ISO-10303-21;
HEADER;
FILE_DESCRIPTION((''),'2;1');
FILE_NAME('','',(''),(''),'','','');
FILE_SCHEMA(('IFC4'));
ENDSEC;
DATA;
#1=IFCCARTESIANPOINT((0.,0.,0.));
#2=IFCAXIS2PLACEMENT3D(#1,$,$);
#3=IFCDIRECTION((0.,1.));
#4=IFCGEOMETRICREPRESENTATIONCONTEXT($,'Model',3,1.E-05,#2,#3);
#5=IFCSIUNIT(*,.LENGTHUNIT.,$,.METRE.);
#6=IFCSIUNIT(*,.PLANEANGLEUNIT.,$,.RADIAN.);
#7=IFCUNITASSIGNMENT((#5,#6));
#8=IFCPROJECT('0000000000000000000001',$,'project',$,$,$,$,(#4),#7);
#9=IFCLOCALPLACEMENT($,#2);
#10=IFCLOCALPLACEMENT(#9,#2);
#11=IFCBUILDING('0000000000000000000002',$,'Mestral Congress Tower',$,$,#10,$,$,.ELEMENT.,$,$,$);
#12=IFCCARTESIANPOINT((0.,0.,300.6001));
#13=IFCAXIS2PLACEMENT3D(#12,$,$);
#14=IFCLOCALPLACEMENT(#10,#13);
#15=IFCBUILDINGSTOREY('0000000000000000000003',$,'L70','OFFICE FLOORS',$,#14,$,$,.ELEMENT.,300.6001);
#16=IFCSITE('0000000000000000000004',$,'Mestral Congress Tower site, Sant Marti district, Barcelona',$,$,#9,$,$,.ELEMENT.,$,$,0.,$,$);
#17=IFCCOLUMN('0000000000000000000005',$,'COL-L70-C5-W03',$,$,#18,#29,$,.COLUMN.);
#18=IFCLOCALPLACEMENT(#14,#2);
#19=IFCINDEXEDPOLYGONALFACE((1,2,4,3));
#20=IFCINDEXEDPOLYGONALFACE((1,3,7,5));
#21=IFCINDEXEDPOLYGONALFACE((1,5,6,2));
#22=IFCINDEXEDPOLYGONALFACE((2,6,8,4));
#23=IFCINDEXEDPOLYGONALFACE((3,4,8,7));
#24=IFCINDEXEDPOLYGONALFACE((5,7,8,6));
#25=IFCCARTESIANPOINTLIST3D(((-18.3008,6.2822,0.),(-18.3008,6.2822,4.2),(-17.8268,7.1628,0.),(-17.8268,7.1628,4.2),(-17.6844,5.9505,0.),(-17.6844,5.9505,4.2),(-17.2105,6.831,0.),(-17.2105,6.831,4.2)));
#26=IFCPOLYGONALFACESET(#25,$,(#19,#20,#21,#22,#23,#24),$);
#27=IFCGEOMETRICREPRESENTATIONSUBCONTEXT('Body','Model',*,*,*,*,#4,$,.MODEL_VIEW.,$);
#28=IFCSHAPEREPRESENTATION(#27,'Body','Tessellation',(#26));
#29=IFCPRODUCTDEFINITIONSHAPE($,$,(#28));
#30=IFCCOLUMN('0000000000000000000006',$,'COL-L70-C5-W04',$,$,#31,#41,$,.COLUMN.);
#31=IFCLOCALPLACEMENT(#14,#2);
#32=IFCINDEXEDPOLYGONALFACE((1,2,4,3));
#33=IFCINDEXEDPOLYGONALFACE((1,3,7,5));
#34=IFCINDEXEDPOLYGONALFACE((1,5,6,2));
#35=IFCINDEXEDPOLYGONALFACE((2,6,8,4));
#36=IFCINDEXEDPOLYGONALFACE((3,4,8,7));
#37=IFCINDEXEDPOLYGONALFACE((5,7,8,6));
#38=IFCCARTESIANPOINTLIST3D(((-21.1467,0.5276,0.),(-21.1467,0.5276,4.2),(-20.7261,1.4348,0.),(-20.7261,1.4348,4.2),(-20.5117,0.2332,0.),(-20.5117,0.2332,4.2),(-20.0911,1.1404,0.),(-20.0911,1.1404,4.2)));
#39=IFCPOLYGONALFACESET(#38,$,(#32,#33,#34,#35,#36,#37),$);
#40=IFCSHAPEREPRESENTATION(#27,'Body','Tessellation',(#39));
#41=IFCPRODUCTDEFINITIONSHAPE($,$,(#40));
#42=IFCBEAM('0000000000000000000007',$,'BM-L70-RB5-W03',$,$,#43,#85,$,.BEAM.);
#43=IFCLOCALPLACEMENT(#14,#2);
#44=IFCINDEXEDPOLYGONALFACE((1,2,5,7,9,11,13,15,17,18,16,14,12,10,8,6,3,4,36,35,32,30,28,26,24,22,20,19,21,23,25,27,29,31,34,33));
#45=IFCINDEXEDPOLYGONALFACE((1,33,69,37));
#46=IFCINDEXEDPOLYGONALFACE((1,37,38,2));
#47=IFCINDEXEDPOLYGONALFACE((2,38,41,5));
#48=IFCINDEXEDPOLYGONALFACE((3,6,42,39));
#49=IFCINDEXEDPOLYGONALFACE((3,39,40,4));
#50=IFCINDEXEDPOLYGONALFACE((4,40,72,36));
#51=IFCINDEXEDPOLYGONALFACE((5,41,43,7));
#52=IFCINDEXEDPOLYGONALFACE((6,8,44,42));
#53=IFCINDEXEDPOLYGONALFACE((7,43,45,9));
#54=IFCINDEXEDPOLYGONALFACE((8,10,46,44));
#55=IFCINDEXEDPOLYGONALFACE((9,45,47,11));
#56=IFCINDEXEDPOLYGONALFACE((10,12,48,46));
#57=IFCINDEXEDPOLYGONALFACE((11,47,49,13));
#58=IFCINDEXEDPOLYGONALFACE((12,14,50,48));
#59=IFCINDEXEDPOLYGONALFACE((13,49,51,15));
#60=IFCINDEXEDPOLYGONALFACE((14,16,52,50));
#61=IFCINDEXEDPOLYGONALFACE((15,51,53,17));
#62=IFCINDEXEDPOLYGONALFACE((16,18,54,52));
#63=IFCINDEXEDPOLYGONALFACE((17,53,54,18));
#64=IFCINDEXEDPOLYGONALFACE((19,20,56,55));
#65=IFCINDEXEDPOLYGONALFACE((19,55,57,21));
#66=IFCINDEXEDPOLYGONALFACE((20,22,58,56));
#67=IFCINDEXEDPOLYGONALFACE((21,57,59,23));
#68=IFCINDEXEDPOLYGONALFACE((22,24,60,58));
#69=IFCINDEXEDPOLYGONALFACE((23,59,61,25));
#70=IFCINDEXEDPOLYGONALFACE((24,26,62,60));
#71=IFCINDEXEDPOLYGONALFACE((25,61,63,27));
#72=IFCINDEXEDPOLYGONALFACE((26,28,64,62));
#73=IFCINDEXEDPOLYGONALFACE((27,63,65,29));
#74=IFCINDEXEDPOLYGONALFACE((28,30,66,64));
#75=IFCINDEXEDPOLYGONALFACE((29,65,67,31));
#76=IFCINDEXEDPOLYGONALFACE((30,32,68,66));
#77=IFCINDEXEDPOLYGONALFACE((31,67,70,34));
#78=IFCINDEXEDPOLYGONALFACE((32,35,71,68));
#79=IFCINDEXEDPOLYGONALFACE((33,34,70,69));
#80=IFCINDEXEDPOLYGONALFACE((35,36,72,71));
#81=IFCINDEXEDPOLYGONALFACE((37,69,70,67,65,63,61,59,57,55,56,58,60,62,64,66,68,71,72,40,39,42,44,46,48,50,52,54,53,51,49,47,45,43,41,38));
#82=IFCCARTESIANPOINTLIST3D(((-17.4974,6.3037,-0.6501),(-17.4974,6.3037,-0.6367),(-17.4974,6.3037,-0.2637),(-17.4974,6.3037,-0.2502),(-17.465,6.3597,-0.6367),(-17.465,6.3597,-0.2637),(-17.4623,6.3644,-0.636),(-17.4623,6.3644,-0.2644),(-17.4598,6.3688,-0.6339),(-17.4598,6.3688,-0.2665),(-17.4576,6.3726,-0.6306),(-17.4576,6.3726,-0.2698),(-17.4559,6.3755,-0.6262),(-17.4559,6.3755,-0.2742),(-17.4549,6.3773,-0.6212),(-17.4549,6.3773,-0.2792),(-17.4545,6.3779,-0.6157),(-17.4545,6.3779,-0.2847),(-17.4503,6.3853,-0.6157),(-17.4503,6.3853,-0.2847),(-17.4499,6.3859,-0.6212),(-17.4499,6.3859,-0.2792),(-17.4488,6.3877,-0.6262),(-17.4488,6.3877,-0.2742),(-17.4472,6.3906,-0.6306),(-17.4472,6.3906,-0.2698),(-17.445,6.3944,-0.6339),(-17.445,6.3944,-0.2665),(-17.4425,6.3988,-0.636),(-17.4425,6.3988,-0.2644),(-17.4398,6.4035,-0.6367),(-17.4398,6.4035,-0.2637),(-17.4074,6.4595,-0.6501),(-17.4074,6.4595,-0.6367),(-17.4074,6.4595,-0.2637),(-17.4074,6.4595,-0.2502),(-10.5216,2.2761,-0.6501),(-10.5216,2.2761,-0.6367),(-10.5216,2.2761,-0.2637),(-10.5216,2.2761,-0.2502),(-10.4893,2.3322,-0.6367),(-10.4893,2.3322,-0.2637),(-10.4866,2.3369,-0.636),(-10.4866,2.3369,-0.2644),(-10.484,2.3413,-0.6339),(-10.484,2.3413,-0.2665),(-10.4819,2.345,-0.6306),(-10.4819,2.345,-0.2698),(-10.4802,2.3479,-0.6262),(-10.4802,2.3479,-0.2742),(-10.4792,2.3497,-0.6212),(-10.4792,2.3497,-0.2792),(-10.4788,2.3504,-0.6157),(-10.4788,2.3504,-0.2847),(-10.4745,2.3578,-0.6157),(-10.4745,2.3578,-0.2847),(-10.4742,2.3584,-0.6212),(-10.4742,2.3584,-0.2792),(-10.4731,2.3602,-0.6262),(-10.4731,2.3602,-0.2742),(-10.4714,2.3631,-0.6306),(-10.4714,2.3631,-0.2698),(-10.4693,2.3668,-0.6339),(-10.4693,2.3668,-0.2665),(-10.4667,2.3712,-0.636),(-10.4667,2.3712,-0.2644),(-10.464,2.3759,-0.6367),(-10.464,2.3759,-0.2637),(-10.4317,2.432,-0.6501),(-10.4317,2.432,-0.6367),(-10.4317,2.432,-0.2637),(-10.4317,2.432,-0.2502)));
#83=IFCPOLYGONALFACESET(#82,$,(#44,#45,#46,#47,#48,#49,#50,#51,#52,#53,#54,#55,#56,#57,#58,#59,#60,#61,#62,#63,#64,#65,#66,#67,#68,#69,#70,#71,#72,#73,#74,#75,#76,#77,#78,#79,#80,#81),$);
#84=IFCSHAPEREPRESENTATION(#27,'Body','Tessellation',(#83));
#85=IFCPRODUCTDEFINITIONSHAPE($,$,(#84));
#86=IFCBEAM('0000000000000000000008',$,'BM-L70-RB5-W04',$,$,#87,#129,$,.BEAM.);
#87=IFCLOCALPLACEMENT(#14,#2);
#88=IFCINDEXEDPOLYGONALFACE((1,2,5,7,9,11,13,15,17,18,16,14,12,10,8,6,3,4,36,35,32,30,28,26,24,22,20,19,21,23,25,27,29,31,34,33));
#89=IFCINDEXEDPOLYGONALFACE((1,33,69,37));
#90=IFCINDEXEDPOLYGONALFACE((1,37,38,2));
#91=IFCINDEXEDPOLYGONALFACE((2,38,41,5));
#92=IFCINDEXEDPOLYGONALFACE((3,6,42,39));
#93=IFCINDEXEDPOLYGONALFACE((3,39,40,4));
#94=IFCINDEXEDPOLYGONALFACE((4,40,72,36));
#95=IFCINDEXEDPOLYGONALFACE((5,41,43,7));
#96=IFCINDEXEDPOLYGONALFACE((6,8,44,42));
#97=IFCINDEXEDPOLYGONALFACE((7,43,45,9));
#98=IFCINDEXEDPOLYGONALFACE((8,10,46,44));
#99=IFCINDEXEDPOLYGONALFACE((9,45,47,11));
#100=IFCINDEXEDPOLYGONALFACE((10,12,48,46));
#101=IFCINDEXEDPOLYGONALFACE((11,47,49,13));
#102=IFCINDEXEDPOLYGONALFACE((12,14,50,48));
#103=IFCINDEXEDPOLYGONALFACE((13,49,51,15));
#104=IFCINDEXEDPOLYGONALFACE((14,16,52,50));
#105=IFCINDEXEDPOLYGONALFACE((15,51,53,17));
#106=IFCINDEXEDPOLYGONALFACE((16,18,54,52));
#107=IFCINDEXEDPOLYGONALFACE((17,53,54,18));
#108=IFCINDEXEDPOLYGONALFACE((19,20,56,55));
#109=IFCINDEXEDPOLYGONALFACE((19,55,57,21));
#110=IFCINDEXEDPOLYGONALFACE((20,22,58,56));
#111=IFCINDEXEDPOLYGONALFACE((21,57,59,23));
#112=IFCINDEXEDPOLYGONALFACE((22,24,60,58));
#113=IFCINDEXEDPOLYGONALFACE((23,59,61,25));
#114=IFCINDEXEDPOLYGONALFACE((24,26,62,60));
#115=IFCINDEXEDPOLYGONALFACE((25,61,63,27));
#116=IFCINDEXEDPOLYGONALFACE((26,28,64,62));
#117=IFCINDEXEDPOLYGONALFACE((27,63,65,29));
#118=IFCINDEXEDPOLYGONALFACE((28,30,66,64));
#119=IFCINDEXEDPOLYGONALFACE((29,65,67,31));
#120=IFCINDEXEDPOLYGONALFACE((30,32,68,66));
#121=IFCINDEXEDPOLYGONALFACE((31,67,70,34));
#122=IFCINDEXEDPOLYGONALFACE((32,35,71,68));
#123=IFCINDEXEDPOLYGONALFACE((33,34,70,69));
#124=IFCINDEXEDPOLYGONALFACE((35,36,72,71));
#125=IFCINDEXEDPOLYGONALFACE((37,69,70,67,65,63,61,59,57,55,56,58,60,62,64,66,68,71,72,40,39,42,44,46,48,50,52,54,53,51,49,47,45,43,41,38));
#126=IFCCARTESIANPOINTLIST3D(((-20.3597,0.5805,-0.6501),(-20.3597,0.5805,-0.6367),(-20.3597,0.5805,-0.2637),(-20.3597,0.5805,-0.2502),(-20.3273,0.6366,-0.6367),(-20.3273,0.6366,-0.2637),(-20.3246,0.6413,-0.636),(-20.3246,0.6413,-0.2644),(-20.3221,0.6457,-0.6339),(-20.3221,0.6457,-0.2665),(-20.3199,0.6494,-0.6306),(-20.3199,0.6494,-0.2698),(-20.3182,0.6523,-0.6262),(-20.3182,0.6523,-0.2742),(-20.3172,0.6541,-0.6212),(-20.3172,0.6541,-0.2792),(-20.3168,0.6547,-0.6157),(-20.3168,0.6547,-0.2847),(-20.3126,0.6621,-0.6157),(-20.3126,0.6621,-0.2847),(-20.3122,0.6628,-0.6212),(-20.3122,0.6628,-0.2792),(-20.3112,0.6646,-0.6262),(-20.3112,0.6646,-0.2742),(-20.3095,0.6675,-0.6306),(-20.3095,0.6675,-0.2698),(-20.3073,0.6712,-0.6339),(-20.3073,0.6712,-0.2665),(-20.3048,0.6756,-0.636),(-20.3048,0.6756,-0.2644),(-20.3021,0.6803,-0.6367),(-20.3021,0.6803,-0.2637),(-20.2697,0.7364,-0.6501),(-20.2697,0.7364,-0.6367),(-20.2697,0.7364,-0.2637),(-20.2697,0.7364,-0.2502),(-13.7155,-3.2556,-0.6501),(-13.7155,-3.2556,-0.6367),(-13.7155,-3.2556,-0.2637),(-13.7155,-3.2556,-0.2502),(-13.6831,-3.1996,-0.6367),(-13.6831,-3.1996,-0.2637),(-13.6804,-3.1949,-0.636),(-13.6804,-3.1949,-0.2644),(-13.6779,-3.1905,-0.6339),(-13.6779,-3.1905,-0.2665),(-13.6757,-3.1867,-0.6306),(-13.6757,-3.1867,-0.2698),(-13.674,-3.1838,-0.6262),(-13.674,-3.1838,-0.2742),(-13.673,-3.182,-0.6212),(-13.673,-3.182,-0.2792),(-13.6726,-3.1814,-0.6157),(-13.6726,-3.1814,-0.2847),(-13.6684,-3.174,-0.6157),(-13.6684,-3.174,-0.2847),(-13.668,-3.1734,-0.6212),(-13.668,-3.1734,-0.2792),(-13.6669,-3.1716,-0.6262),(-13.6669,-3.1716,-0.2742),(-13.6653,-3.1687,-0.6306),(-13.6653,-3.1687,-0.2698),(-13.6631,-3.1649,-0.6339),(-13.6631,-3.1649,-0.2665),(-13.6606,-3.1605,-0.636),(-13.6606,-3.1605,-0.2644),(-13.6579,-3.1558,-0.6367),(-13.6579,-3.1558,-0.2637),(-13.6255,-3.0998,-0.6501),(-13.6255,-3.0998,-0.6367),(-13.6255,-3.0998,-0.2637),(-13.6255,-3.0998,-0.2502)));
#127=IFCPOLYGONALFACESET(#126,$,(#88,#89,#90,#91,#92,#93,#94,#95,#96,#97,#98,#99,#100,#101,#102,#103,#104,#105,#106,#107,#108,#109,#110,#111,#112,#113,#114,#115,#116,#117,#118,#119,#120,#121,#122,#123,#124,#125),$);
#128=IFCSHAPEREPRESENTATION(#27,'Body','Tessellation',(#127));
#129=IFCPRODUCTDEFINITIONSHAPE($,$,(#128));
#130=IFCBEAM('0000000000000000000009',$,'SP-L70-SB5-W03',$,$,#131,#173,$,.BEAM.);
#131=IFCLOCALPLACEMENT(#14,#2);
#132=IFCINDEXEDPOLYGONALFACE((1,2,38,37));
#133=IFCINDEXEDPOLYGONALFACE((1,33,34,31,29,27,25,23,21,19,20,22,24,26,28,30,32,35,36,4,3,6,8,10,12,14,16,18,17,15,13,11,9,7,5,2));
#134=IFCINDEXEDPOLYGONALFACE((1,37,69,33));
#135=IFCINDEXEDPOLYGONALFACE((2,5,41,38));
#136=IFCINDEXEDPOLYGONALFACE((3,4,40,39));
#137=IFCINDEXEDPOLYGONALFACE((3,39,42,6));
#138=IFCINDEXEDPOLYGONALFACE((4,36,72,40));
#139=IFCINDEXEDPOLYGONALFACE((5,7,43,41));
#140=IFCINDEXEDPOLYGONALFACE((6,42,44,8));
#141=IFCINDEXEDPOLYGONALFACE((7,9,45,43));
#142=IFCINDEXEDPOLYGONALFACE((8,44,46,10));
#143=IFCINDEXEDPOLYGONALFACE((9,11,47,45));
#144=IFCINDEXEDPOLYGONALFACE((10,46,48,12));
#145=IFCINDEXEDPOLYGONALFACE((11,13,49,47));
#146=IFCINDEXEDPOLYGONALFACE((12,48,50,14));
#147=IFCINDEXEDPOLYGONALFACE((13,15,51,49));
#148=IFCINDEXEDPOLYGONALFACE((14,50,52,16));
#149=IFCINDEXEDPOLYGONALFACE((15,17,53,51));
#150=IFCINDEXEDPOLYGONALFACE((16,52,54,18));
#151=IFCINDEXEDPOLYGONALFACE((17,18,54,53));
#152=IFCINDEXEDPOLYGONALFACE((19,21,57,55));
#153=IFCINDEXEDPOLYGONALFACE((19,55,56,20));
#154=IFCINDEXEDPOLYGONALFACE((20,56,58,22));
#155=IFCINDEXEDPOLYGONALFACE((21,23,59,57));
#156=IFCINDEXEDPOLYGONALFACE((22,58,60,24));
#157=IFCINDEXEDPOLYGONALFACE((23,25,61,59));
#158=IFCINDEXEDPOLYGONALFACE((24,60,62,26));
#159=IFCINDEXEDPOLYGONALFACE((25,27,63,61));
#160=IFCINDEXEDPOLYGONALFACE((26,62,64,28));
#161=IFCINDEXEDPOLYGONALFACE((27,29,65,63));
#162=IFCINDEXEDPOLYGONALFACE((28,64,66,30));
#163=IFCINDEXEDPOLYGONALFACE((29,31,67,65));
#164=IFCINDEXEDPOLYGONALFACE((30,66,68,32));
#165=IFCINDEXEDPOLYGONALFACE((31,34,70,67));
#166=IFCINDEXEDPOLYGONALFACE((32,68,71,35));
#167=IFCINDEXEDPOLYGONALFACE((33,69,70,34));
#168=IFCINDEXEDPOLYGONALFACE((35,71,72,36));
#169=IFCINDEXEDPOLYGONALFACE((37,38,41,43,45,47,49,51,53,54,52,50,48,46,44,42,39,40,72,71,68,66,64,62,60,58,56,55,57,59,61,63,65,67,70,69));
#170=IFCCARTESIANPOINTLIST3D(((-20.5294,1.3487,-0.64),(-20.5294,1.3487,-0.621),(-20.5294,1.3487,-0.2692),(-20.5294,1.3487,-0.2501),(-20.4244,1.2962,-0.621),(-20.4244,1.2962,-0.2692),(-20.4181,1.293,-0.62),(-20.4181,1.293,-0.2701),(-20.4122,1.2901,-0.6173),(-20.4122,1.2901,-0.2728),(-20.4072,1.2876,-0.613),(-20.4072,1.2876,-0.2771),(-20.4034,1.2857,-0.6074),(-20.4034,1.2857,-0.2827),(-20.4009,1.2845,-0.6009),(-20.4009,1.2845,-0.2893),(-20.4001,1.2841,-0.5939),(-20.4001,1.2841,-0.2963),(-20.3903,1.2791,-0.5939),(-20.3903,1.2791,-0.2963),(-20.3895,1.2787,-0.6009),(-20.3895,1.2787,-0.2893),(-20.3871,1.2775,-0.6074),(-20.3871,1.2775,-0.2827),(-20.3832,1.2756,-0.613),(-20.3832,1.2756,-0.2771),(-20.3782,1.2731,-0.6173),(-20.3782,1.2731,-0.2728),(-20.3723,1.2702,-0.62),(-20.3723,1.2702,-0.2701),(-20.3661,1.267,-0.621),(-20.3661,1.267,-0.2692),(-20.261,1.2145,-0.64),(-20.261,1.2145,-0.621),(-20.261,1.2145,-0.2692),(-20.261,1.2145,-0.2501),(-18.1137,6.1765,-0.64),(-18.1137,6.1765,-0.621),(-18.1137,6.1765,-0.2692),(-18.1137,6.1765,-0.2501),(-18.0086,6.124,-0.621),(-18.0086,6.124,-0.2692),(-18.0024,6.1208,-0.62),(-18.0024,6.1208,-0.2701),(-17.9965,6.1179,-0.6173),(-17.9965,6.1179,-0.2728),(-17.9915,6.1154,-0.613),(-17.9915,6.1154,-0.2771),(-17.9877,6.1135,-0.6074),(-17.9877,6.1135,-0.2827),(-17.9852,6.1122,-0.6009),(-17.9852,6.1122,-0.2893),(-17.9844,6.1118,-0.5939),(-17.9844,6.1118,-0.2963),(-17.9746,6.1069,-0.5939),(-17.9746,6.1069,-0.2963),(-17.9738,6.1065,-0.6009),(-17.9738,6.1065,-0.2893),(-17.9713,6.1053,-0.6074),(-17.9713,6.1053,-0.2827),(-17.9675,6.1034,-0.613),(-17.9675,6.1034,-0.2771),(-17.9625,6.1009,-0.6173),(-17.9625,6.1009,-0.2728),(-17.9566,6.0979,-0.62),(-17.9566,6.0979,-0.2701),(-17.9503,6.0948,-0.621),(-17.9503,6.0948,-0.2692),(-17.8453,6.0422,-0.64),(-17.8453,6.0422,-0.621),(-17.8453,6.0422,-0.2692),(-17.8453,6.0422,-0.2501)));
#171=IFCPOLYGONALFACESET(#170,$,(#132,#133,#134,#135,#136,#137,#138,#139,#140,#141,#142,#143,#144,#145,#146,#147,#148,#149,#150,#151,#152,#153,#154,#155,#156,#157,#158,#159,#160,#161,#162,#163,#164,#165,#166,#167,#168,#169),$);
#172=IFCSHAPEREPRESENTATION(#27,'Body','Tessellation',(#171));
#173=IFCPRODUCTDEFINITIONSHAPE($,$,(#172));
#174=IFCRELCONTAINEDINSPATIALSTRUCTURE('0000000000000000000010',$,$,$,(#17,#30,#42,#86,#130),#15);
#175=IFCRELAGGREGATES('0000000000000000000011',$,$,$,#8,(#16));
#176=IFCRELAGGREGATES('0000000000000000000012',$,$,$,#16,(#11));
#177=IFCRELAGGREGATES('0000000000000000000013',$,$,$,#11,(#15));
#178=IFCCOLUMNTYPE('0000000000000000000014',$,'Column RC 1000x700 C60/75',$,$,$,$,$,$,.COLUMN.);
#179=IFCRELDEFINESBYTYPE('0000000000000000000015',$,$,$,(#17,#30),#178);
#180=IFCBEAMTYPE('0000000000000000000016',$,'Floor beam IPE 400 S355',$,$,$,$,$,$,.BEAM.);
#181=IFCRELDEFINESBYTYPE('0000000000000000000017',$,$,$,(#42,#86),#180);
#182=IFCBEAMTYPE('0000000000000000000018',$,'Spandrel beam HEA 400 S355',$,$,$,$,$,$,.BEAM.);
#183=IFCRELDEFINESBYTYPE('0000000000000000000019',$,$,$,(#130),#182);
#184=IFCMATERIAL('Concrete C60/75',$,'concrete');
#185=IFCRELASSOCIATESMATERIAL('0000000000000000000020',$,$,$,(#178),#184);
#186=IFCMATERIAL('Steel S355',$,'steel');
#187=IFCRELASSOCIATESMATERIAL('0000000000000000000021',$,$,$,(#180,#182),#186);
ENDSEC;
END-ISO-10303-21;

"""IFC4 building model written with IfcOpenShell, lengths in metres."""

from ifc_helpers import new_model, si_unit, direction, frame, origin, origin_2d, place, context, subcontext, project, spatial, rectangle, i_section, extrude, material, material_profile, profile_set, type_object, element, save


model = new_model("IFC4")

# Units and contexts
model_context = context("Model", 3, precision=1e-05, world=origin(), true_north=direction((0.0, 1.0)))
body_context = subcontext(model_context, "Body", "Model", "MODEL_VIEW")
ifc_project = project(units=[si_unit("LENGTHUNIT", "METRE"), si_unit("PLANEANGLEUNIT", "RADIAN")], contexts=[model_context])

# Site, building, storey
site_placement = place(None, origin())
site = spatial("IfcSite", under=ifc_project, at=site_placement, Name="Mestral Congress Tower site, Sant Marti district, Barcelona", CompositionType="ELEMENT", RefElevation=0.0)
building_placement = place(site_placement, origin())
building = spatial("IfcBuilding", under=site, at=building_placement, Name="Mestral Congress Tower", CompositionType="ELEMENT")
storey_placement = place(building_placement, frame((0.0, 0.0, 300.6001)))
storey = spatial("IfcBuildingStorey", under=building, at=storey_placement, Name="L70", Description="OFFICE FLOORS", CompositionType="ELEMENT", Elevation=300.6001)

# Columns
ifc_material_1 = material(Name="Concrete C60/75", Category="concrete")
ifc_material_profile_1 = material_profile(ifc_material_1, rectangle(XDim=1.0, YDim=0.7, at=origin_2d()), Name="RC 1000x700")
ifc_profile_set_1 = profile_set([ifc_material_profile_1], Name="Concrete C60/75")
column_type = type_object("IfcColumnType", Name="Column RC 1000x700 C60/75", PredefinedType="COLUMN", material=ifc_profile_set_1)
for number, where, z_axis, x_axis, name in (
    (1, (-17.7556, 6.5566, 0.0), (0.0, 0.0, 1.0), (-0.473945, -0.880554, 0.0), "COL-L70-C5-W03"),
    (2, (-20.6189, 0.834, 0.0), (0.0, 0.0, 1.0), (-0.420596, -0.907248, 0.0), "COL-L70-C5-W04"),
):
    element("IfcColumn", number, at=place(storey_placement, frame(where, z_axis=z_axis, x_axis=x_axis)), inside=storey, type_object=column_type, Name=name, PredefinedType="COLUMN", context=body_context, shape_type="SweptSolid", body=[
        extrude(rectangle(XDim=1.0, YDim=0.7, at=origin_2d()), origin(), (0.0, 0.0, 1.0), 4.2),
    ])

# Beams
ifc_material_2 = material(Name="Steel S355", Category="steel")
ifc_material_profile_2 = material_profile(ifc_material_2, i_section(OverallWidth=0.1799, OverallDepth=0.3999, WebThickness=0.0085, FlangeThickness=0.0134, FilletRadius=0.021, at=origin_2d()), Name="IPE 400")
ifc_profile_set_2 = profile_set([ifc_material_profile_2], Name="Steel S355")
beam_type_1 = type_object("IfcBeamType", Name="Floor beam IPE 400 S355", PredefinedType="BEAM", material=ifc_profile_set_2)
beam_1_placement = place(storey_placement, frame((-17.4524, 6.3816, -0.4502), z_axis=(0.866021, -0.500008, 0.0), x_axis=(0.500008, 0.866021, 0.0)))
element("IfcBeam", 3, at=beam_1_placement, inside=storey, type_object=beam_type_1, Name="BM-L70-RB5-W03", PredefinedType="BEAM", context=body_context, shape_type="SweptSolid", body=[
    extrude(i_section(OverallWidth=0.1799, OverallDepth=0.3999, WebThickness=0.0085, FlangeThickness=0.0134, FilletRadius=0.021, at=origin_2d()), origin(), (0.0, 0.0, 1.0), 8.0549),
])
beam_2_placement = place(storey_placement, frame((-20.3147, 0.6584, -0.4502), z_axis=(0.86602, -0.50001, 0.0), x_axis=(0.50001, 0.86602, 0.0)))
element("IfcBeam", 4, at=beam_2_placement, inside=storey, type_object=beam_type_1, Name="BM-L70-RB5-W04", PredefinedType="BEAM", context=body_context, shape_type="SweptSolid", body=[
    extrude(i_section(OverallWidth=0.1799, OverallDepth=0.3999, WebThickness=0.0085, FlangeThickness=0.0134, FilletRadius=0.021, at=origin_2d()), origin(), (0.0, 0.0, 1.0), 7.6721),
])
ifc_material_profile_3 = material_profile(ifc_material_2, i_section(OverallWidth=0.3, OverallDepth=0.3899, WebThickness=0.011, FlangeThickness=0.019, FilletRadius=0.0271, at=origin_2d()), Name="HEA 400")
ifc_profile_set_3 = profile_set([ifc_material_profile_3], Name="Steel S355")
beam_type_2 = type_object("IfcBeamType", Name="Spandrel beam HEA 400 S355", PredefinedType="BEAM", material=ifc_profile_set_3)
beam_3_placement = place(storey_placement, frame((-17.9795, 6.1094, -0.4451), z_axis=(-0.447485, -0.894291, 0.0), x_axis=(0.894291, -0.447485, 0.0)))
element("IfcBeam", 5, at=beam_3_placement, inside=storey, type_object=beam_type_2, Name="SP-L70-SB5-W03", PredefinedType="BEAM", context=body_context, shape_type="SweptSolid", body=[
    extrude(i_section(OverallWidth=0.3, OverallDepth=0.3899, WebThickness=0.011, FlangeThickness=0.019, FilletRadius=0.0271, at=origin_2d()), origin(), (0.0, 0.0, 1.0), 5.3984),
])

save(model, "model.ifc")
